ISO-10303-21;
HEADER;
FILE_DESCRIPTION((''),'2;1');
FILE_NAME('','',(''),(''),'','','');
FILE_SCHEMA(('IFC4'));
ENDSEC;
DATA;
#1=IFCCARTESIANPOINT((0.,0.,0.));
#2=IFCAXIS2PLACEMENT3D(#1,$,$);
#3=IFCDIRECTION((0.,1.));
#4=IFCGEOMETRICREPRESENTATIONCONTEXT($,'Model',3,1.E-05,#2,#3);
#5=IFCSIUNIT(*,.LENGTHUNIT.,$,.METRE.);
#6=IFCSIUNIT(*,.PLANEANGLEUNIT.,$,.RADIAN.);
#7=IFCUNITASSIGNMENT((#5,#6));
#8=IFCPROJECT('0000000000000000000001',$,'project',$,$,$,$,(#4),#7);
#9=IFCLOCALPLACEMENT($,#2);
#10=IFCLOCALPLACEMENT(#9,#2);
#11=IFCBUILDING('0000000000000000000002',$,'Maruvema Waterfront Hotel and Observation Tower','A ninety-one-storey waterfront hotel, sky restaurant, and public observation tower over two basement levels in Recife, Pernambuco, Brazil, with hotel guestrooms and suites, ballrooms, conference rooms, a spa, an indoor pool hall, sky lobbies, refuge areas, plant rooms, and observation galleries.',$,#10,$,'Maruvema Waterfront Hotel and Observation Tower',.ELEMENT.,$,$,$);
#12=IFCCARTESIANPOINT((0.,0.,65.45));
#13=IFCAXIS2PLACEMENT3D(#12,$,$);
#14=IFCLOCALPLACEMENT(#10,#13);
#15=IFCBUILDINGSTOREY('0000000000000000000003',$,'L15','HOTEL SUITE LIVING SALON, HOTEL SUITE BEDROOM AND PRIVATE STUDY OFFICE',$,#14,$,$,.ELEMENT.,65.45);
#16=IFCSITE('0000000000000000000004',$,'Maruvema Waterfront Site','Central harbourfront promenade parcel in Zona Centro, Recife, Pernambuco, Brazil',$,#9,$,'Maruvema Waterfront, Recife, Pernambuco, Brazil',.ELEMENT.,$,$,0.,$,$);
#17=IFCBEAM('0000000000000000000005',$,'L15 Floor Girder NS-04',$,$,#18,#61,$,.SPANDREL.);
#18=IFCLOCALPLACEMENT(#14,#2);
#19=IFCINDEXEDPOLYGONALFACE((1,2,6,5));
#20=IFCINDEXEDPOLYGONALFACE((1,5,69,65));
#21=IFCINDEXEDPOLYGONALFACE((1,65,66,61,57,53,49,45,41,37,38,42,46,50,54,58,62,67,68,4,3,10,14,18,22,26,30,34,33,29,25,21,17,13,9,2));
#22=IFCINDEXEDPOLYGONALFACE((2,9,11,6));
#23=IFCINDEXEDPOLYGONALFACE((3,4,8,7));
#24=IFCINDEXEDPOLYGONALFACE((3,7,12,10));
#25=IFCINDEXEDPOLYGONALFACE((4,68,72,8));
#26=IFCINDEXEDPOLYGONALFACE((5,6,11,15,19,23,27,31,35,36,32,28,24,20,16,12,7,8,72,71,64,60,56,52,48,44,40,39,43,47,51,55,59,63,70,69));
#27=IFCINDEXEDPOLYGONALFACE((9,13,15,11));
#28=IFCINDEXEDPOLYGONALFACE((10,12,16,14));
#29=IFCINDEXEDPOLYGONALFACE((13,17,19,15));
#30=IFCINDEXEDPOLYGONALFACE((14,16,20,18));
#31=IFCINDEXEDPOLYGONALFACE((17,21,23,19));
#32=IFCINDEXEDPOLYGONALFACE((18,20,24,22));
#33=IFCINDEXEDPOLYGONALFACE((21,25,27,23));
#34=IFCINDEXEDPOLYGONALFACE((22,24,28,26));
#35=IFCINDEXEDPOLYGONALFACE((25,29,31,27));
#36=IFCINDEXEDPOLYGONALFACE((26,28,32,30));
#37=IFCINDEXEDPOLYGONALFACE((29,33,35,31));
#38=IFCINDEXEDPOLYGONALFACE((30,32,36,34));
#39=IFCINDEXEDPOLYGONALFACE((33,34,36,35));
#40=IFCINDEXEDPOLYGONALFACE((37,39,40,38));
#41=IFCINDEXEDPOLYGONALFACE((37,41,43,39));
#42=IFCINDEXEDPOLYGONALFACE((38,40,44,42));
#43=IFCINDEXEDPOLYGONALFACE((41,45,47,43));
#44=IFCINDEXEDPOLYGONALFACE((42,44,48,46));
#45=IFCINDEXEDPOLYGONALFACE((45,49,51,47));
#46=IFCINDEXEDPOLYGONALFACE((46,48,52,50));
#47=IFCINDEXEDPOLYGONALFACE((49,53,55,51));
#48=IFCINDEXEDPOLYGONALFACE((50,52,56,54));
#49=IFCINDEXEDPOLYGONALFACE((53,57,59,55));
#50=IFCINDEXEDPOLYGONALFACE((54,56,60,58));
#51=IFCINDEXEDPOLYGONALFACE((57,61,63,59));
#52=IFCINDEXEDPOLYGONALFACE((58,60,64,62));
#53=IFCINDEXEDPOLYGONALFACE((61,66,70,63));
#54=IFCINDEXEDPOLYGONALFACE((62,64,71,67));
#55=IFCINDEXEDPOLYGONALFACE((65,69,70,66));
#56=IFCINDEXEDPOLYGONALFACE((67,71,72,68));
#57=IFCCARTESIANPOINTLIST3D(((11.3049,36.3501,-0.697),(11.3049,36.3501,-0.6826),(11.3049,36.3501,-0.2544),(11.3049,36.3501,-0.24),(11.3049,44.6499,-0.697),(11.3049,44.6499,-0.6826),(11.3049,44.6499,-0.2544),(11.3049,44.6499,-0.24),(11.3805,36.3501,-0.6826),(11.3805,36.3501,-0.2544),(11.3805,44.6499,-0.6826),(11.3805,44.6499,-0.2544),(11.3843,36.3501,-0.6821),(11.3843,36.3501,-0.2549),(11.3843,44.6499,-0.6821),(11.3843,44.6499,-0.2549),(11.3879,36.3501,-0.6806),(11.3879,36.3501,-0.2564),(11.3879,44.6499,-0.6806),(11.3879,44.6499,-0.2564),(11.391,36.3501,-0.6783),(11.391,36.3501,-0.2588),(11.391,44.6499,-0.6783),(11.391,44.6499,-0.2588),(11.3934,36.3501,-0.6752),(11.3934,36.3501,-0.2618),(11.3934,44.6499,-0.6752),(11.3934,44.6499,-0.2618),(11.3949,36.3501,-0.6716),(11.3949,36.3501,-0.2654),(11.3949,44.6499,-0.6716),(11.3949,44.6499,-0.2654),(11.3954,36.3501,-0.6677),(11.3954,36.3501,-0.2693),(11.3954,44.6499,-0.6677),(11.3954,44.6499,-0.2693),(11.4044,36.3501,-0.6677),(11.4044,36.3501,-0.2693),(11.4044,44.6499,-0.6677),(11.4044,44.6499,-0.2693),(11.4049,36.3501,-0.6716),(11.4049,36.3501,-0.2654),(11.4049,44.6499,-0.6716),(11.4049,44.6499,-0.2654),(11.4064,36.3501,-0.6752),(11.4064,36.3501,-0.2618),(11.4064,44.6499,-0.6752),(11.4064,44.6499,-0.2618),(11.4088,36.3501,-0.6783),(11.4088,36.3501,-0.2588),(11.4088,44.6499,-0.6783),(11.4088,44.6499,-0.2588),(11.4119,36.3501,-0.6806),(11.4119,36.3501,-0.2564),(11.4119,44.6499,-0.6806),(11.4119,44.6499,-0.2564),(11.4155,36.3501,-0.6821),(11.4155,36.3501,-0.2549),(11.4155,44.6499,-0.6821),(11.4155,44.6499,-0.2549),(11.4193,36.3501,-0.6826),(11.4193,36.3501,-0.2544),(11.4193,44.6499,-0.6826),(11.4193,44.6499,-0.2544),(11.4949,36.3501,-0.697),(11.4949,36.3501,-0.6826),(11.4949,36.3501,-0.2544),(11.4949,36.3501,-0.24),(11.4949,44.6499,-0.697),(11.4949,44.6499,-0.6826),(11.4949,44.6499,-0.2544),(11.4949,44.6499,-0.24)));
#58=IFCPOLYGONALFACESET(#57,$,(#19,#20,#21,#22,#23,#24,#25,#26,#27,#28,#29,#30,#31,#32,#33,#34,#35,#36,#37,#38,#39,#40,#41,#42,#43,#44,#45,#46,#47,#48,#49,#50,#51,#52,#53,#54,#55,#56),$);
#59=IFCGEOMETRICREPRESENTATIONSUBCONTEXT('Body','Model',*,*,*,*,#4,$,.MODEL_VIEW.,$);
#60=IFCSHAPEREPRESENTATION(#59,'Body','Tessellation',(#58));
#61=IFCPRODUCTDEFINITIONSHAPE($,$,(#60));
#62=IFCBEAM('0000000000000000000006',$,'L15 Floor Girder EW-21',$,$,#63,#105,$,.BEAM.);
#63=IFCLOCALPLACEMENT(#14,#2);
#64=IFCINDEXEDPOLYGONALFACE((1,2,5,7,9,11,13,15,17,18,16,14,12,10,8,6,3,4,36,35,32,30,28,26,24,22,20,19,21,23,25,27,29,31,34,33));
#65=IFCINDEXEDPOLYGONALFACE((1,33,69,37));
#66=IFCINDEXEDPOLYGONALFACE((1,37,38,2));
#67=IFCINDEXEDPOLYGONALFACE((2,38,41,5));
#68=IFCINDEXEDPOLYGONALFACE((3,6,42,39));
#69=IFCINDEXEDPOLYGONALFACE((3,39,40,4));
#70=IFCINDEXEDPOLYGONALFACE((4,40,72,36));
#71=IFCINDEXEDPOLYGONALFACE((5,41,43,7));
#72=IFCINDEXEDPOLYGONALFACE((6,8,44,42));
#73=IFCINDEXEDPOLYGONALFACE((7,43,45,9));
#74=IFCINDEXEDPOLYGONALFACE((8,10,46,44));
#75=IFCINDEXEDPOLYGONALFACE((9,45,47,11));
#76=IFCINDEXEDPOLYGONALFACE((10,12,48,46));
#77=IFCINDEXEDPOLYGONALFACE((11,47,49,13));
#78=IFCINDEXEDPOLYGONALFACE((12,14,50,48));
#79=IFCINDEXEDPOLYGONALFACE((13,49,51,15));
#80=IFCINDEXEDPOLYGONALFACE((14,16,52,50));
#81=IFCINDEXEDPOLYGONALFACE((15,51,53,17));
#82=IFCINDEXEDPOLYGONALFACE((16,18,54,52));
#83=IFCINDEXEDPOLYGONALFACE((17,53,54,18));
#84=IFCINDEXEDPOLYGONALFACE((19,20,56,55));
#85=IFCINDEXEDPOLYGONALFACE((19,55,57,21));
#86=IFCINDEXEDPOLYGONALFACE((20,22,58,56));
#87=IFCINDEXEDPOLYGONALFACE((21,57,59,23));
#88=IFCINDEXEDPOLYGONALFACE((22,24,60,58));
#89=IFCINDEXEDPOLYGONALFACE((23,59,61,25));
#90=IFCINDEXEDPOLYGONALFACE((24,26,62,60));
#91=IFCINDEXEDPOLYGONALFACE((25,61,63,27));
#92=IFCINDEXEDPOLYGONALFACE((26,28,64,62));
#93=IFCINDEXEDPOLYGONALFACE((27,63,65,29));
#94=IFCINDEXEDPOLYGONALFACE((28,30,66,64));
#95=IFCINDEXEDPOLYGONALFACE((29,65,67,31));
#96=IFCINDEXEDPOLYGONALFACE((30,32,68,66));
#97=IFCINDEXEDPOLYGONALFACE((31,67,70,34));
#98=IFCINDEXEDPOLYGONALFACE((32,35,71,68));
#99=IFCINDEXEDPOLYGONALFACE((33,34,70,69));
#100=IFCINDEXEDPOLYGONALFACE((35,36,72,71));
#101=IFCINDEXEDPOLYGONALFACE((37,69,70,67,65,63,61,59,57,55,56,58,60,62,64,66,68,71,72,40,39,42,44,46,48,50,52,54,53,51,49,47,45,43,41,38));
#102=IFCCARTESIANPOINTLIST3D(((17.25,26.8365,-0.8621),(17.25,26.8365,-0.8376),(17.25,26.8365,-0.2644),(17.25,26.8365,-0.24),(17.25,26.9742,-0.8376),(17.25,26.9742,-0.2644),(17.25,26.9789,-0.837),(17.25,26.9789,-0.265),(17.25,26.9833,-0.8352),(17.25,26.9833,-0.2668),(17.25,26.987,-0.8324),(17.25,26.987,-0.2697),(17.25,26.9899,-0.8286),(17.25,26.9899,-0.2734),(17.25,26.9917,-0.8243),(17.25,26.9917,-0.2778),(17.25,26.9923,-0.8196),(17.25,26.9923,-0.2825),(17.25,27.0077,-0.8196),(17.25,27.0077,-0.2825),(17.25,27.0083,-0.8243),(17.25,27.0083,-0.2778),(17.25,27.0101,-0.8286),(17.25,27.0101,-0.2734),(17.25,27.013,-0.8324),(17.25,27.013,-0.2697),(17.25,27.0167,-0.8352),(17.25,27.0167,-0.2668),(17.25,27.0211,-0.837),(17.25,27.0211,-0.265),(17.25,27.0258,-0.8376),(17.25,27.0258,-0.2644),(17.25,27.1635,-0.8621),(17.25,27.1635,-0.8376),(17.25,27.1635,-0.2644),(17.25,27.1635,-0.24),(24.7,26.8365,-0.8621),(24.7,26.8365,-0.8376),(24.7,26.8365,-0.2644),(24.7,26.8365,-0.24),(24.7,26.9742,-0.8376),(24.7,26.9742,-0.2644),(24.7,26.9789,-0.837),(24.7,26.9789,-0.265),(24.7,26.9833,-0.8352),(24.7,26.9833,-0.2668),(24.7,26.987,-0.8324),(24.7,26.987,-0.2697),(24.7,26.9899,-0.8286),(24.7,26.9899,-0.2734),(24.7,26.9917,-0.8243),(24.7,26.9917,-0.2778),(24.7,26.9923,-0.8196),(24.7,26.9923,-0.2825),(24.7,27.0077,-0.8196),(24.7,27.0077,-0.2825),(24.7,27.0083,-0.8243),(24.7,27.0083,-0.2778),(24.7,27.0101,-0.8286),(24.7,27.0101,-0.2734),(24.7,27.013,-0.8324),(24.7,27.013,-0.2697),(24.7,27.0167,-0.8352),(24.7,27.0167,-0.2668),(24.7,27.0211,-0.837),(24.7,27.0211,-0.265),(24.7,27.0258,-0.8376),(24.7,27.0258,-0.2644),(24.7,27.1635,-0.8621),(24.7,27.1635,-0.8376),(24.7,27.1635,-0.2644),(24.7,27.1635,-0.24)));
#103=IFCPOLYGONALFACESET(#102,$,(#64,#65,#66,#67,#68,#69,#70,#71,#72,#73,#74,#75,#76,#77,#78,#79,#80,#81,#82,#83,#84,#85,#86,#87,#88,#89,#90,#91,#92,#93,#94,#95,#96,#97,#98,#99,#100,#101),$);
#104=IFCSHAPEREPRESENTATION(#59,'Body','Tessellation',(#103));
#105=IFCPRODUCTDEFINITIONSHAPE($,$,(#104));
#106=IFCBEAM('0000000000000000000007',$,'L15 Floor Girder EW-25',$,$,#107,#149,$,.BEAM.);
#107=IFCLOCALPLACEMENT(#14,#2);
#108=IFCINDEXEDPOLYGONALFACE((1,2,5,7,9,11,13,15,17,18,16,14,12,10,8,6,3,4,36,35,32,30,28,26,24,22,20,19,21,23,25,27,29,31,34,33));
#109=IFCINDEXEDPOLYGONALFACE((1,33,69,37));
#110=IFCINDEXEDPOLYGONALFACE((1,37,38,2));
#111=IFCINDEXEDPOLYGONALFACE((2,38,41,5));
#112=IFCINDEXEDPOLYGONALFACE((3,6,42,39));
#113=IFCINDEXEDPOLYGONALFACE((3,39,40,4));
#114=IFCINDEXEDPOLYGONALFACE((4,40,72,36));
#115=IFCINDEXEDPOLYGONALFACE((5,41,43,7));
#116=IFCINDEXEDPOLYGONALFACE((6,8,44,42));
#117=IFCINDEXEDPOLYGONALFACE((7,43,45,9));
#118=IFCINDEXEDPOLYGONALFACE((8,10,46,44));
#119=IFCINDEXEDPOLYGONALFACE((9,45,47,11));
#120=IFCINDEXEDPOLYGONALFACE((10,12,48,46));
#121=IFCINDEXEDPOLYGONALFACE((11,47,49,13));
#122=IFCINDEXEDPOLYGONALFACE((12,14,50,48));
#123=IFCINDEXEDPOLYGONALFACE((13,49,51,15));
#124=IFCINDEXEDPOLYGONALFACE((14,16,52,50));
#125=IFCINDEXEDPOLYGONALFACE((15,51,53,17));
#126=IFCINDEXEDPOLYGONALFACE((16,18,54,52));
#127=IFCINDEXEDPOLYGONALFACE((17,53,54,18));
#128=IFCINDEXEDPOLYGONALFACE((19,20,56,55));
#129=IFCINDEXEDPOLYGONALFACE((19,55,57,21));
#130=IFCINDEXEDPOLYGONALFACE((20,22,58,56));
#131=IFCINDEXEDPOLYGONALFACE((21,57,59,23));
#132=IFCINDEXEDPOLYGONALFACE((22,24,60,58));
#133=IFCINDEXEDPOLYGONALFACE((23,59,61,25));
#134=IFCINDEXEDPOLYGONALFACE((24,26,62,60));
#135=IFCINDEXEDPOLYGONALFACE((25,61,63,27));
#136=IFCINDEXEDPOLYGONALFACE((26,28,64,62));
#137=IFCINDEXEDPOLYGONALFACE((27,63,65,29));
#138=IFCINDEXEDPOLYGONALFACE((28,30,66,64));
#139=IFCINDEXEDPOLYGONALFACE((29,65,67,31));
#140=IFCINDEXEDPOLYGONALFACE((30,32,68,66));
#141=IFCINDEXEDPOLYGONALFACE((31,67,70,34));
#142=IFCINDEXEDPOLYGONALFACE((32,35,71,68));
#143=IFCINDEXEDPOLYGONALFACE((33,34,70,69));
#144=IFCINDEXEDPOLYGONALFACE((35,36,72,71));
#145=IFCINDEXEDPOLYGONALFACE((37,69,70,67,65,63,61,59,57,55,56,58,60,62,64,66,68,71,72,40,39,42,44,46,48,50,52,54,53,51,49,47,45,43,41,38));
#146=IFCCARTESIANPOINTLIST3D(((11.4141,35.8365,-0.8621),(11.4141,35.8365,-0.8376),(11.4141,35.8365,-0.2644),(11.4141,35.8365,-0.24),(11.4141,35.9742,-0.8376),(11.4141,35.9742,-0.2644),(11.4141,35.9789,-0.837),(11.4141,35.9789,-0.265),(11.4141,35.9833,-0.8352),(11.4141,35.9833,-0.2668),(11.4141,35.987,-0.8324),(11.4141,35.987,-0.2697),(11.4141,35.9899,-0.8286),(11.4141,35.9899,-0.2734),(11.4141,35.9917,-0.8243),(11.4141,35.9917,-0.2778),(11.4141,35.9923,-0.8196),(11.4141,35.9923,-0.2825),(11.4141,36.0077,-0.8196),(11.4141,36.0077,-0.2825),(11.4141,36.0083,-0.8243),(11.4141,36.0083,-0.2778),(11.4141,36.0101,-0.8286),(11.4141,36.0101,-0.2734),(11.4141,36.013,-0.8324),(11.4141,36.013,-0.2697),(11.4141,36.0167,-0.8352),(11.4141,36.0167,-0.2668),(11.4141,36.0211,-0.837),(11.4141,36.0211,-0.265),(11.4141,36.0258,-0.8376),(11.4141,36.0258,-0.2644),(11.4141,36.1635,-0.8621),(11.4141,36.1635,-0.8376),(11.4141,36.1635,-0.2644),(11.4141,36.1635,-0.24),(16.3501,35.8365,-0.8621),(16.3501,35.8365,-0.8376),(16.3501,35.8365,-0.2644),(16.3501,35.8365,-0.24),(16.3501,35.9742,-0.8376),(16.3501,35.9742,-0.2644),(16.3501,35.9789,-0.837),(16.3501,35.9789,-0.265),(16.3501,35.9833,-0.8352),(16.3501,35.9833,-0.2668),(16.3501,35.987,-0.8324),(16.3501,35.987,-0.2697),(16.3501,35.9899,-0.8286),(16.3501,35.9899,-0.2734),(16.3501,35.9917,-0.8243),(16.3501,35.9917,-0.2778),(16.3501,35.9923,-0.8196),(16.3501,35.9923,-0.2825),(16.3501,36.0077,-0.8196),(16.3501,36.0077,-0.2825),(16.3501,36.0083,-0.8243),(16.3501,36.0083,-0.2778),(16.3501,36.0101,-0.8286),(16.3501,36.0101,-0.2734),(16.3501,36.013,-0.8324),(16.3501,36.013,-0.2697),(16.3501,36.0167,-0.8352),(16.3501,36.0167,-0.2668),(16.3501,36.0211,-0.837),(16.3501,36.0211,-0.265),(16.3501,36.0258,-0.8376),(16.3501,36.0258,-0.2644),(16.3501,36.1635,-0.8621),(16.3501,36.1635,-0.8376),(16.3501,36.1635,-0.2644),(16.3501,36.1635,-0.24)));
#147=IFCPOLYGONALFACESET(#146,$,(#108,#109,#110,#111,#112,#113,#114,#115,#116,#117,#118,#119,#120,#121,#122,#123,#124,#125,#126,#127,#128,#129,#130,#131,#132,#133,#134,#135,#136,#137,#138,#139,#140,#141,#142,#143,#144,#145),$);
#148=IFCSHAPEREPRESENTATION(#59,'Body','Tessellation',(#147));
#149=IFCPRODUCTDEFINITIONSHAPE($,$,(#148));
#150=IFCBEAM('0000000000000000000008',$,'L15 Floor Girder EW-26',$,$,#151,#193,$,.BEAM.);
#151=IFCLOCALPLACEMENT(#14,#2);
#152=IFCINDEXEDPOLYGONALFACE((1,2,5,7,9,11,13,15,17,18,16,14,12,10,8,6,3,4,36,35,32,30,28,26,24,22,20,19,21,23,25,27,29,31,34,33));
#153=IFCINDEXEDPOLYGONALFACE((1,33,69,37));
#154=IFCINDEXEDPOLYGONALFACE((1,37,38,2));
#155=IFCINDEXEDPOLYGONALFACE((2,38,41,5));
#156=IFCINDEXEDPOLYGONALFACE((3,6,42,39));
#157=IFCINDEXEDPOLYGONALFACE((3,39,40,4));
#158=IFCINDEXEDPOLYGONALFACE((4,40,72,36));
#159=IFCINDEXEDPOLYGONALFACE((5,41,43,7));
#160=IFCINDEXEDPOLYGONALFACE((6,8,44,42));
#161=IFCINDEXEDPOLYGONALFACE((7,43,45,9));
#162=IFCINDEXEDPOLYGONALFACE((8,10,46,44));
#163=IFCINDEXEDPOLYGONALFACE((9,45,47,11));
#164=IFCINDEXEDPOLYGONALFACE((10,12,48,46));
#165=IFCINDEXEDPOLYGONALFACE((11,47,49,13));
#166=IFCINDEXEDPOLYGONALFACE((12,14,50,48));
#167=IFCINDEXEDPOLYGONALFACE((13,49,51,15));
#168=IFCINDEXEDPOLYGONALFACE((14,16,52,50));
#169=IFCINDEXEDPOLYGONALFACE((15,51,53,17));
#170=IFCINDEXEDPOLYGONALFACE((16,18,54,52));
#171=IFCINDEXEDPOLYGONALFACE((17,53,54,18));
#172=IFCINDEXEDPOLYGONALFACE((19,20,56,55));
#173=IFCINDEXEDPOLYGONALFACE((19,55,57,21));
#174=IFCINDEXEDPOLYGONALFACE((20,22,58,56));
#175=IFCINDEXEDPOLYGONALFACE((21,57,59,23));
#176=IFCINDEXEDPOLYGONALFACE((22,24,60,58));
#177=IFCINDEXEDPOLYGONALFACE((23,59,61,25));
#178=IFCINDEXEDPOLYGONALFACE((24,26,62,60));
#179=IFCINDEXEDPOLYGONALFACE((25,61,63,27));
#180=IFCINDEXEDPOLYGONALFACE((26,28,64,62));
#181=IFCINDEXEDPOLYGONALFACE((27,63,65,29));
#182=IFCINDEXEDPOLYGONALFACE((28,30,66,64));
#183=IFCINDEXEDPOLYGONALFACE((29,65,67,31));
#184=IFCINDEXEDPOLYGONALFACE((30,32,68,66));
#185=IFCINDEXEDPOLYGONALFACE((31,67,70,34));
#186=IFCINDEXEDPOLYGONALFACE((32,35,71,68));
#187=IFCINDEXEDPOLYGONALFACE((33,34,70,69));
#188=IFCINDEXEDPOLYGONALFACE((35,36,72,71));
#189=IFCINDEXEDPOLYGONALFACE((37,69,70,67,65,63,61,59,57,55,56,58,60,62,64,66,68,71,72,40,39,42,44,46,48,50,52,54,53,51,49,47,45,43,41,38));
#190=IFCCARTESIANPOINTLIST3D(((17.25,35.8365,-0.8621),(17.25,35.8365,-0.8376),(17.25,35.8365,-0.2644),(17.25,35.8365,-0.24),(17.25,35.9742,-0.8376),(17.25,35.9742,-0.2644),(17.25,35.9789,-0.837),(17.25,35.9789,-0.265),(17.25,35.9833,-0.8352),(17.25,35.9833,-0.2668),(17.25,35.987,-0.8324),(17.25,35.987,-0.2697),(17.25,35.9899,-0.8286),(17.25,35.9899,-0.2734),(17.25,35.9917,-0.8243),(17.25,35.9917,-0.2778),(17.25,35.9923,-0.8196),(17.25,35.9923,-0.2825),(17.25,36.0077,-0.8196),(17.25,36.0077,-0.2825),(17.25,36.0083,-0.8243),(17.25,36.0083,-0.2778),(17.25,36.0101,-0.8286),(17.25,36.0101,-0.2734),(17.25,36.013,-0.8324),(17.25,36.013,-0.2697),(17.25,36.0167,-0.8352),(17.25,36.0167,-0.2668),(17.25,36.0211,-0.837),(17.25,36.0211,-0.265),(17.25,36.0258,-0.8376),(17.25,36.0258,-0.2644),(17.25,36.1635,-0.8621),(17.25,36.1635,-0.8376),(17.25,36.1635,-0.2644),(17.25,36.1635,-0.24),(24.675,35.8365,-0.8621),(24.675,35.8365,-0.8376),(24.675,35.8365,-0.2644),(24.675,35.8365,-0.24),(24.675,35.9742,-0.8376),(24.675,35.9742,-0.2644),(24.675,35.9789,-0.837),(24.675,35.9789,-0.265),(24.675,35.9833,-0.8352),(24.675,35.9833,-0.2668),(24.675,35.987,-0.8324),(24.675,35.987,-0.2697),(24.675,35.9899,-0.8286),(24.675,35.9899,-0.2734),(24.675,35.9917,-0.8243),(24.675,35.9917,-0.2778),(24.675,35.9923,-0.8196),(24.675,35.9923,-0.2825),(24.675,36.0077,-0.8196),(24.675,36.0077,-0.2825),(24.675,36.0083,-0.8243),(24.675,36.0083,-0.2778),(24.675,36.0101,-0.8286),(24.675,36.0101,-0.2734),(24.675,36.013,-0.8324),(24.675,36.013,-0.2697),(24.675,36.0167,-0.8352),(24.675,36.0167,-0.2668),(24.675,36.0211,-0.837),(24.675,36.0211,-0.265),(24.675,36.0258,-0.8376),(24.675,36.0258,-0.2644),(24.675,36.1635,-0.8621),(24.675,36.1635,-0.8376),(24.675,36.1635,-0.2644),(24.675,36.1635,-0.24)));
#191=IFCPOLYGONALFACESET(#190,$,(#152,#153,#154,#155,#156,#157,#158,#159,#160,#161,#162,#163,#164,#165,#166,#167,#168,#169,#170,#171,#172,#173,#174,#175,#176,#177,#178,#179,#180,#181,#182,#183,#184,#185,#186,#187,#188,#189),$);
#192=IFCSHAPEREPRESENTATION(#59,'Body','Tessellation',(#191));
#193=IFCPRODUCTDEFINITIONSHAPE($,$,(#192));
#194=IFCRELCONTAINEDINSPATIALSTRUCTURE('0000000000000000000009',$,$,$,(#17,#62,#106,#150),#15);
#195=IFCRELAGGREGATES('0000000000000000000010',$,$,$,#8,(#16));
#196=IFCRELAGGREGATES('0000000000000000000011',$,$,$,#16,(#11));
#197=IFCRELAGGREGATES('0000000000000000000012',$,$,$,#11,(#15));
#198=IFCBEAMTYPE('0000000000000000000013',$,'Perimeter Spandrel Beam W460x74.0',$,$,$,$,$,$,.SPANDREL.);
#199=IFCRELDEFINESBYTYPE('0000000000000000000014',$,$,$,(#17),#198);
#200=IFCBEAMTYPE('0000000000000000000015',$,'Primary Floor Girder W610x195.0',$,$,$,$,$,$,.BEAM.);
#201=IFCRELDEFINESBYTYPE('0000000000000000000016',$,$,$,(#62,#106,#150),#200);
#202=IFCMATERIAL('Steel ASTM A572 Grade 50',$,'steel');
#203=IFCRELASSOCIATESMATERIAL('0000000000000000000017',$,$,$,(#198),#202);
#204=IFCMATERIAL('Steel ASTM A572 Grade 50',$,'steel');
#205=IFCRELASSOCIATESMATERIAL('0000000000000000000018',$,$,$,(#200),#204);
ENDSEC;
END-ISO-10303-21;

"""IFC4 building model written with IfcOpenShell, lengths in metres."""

from ifc_helpers import new_model, si_unit, direction, frame, origin, origin_2d, place, context, subcontext, project, spatial, i_section, extrude, material, material_profile, profile_set, type_object, element, save


model = new_model("IFC4")

# Units and contexts
model_context = context("Model", 3, precision=1e-05, world=origin(), true_north=direction((0.0, 1.0)))
body_context = subcontext(model_context, "Body", "Model", "MODEL_VIEW")
ifc_project = project(units=[si_unit("LENGTHUNIT", "METRE"), si_unit("PLANEANGLEUNIT", "RADIAN")], contexts=[model_context])

# Site, building, storey
site_placement = place(None, origin())
site = spatial("IfcSite", under=ifc_project, at=site_placement, Name="Maruvema Waterfront Site", Description="Central harbourfront promenade parcel in Zona Centro, Recife, Pernambuco, Brazil", LongName="Maruvema Waterfront, Recife, Pernambuco, Brazil", CompositionType="ELEMENT", RefElevation=0.0)
building_placement = place(site_placement, origin())
building = spatial("IfcBuilding", under=site, at=building_placement, Name="Maruvema Waterfront Hotel and Observation Tower", Description="A ninety-one-storey waterfront hotel, sky restaurant, and public observation tower over two basement levels in Recife, Pernambuco, Brazil, with hotel guestrooms and suites, ballrooms, conference rooms, a spa, an indoor pool hall, sky lobbies, refuge areas, plant rooms, and observation galleries.", LongName="Maruvema Waterfront Hotel and Observation Tower", CompositionType="ELEMENT")
storey_placement = place(building_placement, frame((0.0, 0.0, 65.45)))
storey = spatial("IfcBuildingStorey", under=building, at=storey_placement, Name="L15", Description="HOTEL SUITE LIVING SALON, HOTEL SUITE BEDROOM AND PRIVATE STUDY OFFICE", CompositionType="ELEMENT", Elevation=65.45)

# Beams
ifc_material_1 = material(Name="Steel ASTM A572 Grade 50", Category="steel")
ifc_material_profile_1 = material_profile(ifc_material_1, i_section(OverallWidth=0.1899, OverallDepth=0.457, WebThickness=0.009, FlangeThickness=0.0144, FilletRadius=0.0149, at=origin_2d()), Name="W460x74.0")
ifc_profile_set_1 = profile_set([ifc_material_profile_1], Name="Steel ASTM A572 Grade 50")
beam_type_1 = type_object("IfcBeamType", Name="Perimeter Spandrel Beam W460x74.0", PredefinedType="SPANDREL", material=ifc_profile_set_1)
for number, where, z_axis, x_axis, name in (
    (1, (11.3999, 36.3501, -0.4685), (0.0, 1.0, 0.0), (-1.0, 0.0, 0.0), "L15 Floor Girder NS-04"),
):
    element("IfcBeam", number, at=place(storey_placement, frame(where, z_axis=z_axis, x_axis=x_axis)), inside=storey, type_object=beam_type_1, Name=name, PredefinedType="SPANDREL", context=body_context, shape_type="SweptSolid", body=[
        extrude(i_section(OverallWidth=0.1899, OverallDepth=0.457, WebThickness=0.009, FlangeThickness=0.0144, FilletRadius=0.0149, at=origin_2d()), origin(), (0.0, 0.0, 1.0), 8.2998),
    ])
ifc_material_2 = material(Name="Steel ASTM A572 Grade 50", Category="steel")
ifc_material_profile_2 = material_profile(ifc_material_2, i_section(OverallWidth=0.3269, OverallDepth=0.6221, WebThickness=0.0154, FlangeThickness=0.0244, FilletRadius=0.0181, at=origin_2d()), Name="W610x195.0")
ifc_profile_set_2 = profile_set([ifc_material_profile_2], Name="Steel ASTM A572 Grade 50")
beam_type_2 = type_object("IfcBeamType", Name="Primary Floor Girder W610x195.0", PredefinedType="BEAM", material=ifc_profile_set_2)
beam_1_placement = place(storey_placement, frame((17.25, 27.0, -0.551), z_axis=(1.0, 0.0, 0.0), x_axis=(0.0, 1.0, 0.0)))
element("IfcBeam", 2, at=beam_1_placement, inside=storey, type_object=beam_type_2, Name="L15 Floor Girder EW-21", PredefinedType="BEAM", context=body_context, shape_type="SweptSolid", body=[
    extrude(i_section(OverallWidth=0.3269, OverallDepth=0.6221, WebThickness=0.0154, FlangeThickness=0.0244, FilletRadius=0.0181, at=origin_2d()), origin(), (0.0, 0.0, 1.0), 7.45),
])
beam_2_placement = place(storey_placement, frame((11.4141, 36.0, -0.551), z_axis=(1.0, 0.0, 0.0), x_axis=(0.0, 1.0, 0.0)))
element("IfcBeam", 3, at=beam_2_placement, inside=storey, type_object=beam_type_2, Name="L15 Floor Girder EW-25", PredefinedType="BEAM", context=body_context, shape_type="SweptSolid", body=[
    extrude(i_section(OverallWidth=0.3269, OverallDepth=0.6221, WebThickness=0.0154, FlangeThickness=0.0244, FilletRadius=0.0181, at=origin_2d()), origin(), (0.0, 0.0, 1.0), 4.936),
])
beam_3_placement = place(storey_placement, frame((17.25, 36.0, -0.551), z_axis=(1.0, 0.0, 0.0), x_axis=(0.0, 1.0, 0.0)))
element("IfcBeam", 4, at=beam_3_placement, inside=storey, type_object=beam_type_2, Name="L15 Floor Girder EW-26", PredefinedType="BEAM", context=body_context, shape_type="SweptSolid", body=[
    extrude(i_section(OverallWidth=0.3269, OverallDepth=0.6221, WebThickness=0.0154, FlangeThickness=0.0244, FilletRadius=0.0181, at=origin_2d()), origin(), (0.0, 0.0, 1.0), 7.425),
])

save(model, "model.ifc")
